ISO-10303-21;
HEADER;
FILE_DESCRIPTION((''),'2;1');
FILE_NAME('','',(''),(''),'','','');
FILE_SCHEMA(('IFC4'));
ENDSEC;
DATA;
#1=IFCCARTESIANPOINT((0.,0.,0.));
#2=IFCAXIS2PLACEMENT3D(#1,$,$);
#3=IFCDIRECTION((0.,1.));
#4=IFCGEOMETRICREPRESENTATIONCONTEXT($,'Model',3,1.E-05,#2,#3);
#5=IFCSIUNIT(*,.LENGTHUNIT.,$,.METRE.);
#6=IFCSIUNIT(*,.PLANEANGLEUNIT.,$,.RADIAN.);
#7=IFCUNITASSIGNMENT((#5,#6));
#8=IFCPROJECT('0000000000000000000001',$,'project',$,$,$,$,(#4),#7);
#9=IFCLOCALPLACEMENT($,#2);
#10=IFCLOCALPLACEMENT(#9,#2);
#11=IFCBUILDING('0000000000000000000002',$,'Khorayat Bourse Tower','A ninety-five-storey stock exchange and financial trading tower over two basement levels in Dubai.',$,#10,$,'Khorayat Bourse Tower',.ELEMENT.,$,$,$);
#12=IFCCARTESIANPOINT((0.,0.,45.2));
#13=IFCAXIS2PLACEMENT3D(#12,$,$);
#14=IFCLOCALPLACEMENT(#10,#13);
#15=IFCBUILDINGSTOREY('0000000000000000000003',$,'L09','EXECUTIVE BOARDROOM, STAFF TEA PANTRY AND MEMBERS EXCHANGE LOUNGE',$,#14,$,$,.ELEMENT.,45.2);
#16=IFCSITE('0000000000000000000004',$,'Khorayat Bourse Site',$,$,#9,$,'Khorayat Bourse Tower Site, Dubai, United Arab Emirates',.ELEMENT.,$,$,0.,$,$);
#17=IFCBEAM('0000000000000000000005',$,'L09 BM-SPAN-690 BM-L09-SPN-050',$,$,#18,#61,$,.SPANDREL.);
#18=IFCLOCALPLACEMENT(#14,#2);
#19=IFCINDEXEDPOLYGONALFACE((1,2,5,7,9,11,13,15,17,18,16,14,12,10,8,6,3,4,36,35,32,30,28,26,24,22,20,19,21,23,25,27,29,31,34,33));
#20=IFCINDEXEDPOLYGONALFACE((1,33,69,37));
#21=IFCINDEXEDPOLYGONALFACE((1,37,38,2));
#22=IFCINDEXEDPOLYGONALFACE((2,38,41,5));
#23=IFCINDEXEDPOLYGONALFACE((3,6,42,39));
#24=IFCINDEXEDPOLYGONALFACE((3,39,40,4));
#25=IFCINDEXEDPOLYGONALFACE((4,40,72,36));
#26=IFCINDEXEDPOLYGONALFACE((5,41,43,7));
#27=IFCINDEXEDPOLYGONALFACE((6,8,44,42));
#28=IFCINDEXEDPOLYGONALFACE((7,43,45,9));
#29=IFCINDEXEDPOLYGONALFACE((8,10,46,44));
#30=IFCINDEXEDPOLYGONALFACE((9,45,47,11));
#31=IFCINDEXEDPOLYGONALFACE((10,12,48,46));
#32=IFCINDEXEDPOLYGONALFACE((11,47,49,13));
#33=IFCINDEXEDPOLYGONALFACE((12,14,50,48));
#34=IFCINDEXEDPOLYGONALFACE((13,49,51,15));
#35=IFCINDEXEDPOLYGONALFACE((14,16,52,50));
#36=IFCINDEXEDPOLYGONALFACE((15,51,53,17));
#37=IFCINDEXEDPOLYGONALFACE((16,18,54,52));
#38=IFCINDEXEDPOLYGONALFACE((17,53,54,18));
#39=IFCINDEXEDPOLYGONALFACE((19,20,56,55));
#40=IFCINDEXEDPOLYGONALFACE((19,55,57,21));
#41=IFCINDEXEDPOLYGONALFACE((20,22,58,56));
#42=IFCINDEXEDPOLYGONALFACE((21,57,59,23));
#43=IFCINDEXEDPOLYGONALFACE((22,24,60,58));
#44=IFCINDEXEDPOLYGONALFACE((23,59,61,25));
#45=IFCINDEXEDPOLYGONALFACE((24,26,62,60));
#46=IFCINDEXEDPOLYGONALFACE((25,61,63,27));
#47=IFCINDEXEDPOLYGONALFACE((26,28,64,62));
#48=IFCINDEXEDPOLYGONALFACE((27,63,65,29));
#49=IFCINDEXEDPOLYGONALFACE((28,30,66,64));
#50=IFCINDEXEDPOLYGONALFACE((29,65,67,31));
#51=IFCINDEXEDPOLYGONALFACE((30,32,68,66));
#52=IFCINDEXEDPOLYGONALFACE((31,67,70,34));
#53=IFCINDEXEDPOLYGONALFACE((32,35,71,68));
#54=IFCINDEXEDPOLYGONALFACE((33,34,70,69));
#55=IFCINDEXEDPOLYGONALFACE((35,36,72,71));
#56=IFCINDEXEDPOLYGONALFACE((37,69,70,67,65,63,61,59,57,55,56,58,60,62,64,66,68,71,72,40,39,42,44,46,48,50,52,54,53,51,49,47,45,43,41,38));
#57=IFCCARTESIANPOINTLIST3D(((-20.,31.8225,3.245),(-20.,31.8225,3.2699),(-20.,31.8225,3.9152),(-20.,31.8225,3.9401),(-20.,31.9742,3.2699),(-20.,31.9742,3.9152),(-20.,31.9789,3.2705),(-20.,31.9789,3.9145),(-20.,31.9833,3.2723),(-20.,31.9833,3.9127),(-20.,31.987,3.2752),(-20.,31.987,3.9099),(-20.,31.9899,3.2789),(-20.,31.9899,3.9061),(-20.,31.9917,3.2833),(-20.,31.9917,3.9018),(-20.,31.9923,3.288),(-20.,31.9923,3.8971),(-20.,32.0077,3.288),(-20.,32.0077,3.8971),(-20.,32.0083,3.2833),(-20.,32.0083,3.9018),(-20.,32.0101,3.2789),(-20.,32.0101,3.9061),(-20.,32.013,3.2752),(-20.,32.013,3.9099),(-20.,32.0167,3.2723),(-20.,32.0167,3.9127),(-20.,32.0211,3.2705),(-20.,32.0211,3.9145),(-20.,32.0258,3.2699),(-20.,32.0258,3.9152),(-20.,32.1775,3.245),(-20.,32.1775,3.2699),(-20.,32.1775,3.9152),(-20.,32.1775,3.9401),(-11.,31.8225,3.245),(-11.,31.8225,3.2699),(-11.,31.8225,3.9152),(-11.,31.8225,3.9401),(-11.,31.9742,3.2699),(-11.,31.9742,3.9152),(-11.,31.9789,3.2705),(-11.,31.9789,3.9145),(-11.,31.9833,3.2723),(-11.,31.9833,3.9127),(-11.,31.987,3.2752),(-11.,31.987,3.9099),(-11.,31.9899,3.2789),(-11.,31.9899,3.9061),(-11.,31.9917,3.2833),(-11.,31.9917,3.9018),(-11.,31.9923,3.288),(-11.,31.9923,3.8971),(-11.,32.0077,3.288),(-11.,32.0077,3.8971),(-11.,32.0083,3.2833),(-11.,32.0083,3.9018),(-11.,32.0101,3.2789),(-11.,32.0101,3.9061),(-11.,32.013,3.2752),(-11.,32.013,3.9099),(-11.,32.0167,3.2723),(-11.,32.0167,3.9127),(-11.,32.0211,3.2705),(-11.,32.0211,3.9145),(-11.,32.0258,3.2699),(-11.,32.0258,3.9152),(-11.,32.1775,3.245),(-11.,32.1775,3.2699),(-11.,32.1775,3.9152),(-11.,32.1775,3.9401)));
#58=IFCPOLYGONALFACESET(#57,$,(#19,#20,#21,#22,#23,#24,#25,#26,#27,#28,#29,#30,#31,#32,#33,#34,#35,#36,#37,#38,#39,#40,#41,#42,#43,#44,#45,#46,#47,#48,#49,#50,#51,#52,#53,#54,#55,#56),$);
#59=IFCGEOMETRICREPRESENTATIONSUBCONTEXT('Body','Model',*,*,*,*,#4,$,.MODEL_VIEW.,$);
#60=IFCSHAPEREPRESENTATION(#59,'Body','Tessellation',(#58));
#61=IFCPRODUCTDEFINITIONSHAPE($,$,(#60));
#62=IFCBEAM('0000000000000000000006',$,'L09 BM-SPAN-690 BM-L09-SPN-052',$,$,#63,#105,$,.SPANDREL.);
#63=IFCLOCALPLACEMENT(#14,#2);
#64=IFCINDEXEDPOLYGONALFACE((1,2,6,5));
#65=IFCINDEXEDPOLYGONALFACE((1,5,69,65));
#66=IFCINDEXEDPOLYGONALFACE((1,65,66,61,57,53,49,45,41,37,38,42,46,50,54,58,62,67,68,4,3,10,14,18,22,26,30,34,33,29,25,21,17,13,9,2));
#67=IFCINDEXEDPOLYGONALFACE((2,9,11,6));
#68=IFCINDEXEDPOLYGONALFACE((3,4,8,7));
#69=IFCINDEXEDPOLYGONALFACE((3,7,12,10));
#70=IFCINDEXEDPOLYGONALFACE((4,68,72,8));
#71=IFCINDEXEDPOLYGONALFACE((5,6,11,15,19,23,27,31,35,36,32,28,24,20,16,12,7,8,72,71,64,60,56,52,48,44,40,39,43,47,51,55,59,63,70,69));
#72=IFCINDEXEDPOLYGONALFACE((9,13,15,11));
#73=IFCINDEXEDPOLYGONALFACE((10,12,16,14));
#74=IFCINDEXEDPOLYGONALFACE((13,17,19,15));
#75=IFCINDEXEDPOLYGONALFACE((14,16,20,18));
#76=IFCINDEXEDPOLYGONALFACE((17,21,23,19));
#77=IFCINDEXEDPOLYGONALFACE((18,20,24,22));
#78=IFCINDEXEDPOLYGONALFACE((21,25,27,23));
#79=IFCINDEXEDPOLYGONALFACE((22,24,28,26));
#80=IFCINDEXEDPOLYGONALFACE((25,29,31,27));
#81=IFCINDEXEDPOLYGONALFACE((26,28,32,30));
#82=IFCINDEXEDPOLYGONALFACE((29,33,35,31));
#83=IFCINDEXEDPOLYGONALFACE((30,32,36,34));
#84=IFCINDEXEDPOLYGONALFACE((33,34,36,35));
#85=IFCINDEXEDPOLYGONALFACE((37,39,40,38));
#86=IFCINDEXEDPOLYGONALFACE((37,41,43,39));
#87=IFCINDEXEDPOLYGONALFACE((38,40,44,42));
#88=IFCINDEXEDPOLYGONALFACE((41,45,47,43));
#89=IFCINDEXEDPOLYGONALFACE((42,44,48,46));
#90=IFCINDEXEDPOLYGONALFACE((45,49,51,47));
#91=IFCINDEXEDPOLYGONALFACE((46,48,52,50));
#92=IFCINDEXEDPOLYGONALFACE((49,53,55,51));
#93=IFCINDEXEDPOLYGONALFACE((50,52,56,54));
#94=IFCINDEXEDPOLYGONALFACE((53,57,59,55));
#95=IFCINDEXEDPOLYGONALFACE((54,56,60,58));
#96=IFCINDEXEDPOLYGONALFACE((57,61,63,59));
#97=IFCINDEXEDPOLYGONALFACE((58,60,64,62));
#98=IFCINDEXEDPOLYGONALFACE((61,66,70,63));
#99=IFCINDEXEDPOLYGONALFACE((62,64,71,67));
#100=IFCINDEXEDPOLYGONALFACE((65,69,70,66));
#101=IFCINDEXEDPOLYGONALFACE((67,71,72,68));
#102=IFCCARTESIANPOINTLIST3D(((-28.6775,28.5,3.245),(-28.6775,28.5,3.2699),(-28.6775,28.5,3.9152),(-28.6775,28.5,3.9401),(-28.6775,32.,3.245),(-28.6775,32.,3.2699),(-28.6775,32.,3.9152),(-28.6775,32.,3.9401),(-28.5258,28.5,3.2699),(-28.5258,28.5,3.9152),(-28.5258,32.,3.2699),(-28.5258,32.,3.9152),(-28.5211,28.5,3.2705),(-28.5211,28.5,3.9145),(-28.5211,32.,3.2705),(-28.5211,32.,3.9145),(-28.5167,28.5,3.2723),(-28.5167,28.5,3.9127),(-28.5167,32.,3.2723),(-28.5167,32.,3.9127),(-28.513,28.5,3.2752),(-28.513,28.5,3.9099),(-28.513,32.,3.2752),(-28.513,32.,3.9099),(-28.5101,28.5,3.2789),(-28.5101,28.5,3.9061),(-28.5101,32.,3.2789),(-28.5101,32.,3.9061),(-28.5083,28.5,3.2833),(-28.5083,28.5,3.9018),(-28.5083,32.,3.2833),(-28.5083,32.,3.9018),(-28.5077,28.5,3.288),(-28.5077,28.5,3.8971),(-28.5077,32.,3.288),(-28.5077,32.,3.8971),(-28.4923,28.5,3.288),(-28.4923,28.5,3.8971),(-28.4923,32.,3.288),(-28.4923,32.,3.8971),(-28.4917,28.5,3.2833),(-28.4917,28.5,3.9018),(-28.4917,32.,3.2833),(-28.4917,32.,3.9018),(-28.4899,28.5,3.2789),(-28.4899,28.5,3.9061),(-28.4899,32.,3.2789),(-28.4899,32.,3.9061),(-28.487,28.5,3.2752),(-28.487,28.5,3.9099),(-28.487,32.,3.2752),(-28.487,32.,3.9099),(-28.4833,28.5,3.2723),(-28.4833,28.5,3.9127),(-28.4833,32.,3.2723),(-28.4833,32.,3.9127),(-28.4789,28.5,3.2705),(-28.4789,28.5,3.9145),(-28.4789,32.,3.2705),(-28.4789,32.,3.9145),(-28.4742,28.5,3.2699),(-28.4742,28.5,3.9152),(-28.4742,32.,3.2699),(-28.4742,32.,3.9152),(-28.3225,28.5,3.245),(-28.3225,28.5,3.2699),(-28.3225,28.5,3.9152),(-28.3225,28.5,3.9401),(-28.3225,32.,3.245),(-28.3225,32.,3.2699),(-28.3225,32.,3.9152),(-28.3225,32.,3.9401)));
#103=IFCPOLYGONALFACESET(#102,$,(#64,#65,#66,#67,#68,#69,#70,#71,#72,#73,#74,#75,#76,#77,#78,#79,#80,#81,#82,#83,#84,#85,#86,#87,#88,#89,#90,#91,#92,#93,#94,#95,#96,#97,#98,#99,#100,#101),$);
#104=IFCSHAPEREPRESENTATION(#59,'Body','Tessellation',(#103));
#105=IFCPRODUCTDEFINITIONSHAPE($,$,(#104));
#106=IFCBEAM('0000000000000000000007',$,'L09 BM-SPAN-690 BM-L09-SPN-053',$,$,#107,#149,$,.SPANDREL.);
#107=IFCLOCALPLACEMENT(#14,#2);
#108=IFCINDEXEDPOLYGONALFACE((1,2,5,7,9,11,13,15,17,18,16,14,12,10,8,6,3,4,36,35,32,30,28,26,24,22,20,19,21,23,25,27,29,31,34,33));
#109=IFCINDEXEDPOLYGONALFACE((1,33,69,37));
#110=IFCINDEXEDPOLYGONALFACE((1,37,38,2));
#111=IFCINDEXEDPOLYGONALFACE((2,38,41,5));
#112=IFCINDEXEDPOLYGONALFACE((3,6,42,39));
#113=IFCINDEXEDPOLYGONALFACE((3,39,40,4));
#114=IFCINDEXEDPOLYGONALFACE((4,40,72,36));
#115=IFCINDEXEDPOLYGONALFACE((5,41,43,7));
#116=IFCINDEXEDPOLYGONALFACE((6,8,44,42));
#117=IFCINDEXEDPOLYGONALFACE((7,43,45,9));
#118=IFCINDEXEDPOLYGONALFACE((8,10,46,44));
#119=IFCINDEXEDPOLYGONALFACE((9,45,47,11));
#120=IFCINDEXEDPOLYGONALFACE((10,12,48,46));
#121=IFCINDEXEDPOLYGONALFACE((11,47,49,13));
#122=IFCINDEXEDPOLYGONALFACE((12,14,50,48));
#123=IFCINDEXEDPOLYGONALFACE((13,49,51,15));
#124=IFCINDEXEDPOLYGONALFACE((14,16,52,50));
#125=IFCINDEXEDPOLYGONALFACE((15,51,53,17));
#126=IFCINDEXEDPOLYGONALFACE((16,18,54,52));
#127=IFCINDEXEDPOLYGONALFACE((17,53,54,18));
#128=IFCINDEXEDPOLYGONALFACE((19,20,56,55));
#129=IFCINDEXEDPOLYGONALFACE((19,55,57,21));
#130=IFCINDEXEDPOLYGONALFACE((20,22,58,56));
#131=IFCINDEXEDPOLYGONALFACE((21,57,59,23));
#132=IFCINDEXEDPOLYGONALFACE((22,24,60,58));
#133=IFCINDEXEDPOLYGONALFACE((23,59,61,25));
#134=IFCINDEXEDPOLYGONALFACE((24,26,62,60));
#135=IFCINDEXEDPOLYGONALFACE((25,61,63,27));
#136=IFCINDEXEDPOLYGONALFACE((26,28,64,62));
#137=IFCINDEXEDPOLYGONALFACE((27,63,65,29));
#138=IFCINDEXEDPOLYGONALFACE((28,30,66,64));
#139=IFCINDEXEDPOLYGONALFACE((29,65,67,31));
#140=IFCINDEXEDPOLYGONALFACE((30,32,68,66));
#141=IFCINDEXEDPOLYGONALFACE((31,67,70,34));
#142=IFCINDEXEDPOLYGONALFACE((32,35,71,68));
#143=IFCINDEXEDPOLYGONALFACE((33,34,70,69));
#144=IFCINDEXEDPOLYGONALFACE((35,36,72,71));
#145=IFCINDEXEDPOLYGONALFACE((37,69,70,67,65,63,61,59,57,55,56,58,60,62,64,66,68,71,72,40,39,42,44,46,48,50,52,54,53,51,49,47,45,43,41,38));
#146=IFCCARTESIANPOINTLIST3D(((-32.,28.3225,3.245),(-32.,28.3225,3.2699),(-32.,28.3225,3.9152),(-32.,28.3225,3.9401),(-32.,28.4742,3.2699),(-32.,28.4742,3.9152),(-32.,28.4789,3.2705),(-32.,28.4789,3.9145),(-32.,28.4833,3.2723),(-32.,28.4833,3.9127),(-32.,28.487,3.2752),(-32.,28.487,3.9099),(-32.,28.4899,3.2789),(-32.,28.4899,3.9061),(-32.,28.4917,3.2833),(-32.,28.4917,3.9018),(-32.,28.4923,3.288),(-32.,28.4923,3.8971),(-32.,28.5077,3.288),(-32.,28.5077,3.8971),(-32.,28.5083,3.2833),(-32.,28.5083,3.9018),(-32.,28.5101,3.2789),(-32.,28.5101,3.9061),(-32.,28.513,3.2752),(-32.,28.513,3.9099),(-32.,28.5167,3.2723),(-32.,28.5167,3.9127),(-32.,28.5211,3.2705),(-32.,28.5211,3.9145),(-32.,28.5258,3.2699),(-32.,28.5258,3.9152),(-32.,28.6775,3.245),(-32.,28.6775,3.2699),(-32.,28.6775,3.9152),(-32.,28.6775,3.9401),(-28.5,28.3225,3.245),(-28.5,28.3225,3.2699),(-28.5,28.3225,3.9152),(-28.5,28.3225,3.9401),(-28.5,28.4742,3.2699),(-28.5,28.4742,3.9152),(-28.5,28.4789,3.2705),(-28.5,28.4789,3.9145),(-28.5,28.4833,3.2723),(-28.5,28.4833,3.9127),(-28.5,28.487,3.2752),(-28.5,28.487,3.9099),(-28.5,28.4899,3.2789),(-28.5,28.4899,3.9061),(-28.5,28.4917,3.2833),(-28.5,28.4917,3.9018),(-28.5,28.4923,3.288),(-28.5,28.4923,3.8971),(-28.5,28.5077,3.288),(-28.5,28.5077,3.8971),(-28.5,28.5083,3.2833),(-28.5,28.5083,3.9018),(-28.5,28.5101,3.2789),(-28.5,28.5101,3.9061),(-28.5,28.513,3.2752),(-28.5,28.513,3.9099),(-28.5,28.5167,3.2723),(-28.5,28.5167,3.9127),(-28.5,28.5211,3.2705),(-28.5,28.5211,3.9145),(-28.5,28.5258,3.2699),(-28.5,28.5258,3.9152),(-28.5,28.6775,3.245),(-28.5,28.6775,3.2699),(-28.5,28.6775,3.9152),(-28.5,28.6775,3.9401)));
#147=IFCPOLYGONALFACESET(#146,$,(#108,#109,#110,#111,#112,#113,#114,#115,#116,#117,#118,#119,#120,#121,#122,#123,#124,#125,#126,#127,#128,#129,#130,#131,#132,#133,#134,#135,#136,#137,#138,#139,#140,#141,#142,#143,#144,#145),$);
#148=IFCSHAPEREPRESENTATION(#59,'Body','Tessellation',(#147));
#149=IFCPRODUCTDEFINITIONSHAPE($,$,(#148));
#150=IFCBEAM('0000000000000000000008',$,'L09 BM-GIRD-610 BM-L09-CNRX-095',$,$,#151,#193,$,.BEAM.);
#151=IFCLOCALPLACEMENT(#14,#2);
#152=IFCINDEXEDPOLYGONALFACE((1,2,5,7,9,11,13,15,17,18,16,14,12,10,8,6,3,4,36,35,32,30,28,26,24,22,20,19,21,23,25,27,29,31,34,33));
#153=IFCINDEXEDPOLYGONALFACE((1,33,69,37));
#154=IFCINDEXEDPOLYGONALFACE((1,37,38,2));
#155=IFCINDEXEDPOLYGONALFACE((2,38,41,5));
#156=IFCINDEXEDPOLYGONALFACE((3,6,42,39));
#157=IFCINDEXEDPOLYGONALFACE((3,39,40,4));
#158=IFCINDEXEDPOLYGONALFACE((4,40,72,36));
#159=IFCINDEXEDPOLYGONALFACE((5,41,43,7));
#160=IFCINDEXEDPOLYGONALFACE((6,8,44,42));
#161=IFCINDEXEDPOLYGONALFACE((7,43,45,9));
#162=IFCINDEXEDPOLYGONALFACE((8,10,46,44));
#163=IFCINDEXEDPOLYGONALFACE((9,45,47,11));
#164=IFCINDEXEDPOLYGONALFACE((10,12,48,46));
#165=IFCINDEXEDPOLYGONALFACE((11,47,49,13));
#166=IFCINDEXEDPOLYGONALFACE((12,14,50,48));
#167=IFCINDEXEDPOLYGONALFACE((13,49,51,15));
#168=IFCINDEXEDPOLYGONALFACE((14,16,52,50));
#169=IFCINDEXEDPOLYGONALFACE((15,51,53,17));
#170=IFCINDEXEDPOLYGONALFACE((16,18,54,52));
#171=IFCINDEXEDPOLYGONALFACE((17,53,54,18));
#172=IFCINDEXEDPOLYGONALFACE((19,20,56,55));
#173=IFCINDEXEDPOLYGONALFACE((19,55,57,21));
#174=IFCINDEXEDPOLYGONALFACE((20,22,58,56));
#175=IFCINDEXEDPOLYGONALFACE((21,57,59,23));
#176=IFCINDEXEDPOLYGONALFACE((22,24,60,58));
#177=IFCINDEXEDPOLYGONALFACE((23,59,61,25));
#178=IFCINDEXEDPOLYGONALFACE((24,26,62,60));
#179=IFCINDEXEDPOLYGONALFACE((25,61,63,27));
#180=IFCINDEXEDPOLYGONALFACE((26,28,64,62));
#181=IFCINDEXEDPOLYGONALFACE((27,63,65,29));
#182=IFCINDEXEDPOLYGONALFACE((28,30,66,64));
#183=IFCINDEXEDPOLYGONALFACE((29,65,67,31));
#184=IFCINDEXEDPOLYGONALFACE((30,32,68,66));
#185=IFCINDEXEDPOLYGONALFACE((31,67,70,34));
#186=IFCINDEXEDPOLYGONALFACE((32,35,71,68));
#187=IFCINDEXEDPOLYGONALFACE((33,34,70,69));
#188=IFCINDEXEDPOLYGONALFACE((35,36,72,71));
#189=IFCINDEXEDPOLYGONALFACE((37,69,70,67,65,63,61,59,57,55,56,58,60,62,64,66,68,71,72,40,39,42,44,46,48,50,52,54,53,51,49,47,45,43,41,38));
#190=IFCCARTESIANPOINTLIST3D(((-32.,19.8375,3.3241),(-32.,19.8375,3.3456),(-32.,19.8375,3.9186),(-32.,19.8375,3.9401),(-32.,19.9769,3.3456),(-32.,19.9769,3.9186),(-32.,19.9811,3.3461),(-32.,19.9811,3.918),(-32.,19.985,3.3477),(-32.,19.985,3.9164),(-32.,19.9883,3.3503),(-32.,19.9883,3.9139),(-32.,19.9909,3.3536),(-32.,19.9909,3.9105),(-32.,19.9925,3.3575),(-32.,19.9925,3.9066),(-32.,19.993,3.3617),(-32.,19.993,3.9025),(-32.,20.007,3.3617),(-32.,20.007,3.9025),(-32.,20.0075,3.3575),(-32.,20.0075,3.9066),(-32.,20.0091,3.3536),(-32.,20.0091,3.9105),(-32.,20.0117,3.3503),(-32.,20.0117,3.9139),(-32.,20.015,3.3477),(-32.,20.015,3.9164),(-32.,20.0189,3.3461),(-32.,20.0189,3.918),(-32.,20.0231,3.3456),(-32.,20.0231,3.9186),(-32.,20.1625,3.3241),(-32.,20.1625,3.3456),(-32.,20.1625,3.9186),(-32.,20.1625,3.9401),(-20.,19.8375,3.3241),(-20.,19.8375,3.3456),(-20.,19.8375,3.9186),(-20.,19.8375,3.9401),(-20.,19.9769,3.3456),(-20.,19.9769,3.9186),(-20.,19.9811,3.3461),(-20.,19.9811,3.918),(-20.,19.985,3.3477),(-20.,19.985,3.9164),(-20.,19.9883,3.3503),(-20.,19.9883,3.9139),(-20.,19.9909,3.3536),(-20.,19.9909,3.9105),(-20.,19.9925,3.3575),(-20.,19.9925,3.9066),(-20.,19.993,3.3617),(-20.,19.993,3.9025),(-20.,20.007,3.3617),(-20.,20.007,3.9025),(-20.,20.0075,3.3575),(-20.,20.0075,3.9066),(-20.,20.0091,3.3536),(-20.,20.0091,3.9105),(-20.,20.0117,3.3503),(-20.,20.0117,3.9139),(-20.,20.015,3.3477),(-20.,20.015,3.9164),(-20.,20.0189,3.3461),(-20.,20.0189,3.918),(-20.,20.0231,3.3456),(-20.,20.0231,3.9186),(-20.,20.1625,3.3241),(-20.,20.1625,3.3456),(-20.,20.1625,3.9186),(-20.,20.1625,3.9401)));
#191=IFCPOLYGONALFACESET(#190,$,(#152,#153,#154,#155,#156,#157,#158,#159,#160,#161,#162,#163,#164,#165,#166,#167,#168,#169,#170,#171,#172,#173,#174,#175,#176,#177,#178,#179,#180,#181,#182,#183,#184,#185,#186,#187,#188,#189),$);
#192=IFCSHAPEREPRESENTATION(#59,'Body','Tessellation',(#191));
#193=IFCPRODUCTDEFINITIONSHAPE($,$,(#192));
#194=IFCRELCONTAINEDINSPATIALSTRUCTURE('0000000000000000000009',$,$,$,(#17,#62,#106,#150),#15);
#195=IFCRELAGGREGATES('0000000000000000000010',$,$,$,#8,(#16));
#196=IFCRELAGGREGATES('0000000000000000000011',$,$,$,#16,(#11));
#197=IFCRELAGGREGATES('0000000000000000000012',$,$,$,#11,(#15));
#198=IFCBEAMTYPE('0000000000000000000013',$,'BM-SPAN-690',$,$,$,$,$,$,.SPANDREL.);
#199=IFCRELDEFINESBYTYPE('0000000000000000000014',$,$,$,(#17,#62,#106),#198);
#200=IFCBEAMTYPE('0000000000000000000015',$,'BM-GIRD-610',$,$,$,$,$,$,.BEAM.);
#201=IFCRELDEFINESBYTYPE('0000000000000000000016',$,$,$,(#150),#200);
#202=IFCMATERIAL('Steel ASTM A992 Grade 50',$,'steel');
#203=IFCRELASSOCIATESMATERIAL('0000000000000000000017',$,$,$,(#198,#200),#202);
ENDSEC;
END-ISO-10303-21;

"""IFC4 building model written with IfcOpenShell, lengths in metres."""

from ifc_helpers import new_model, si_unit, direction, frame, origin, origin_2d, place, context, subcontext, project, spatial, i_section, extrude, source, transform, mapped, material, material_profile, profile_set, type_object, element, save


model = new_model("IFC4")

# Units and contexts
model_context = context("Model", 3, precision=1e-05, world=origin(), true_north=direction((0.0, 1.0)))
body_context = subcontext(model_context, "Body", "Model", "MODEL_VIEW")
ifc_project = project(units=[si_unit("LENGTHUNIT", "METRE"), si_unit("PLANEANGLEUNIT", "RADIAN")], contexts=[model_context])

# Site, building, storey
site_placement = place(None, origin())
site = spatial("IfcSite", under=ifc_project, at=site_placement, Name="Khorayat Bourse Site", LongName="Khorayat Bourse Tower Site, Dubai, United Arab Emirates", CompositionType="ELEMENT", RefElevation=0.0)
building_placement = place(site_placement, origin())
building = spatial("IfcBuilding", under=site, at=building_placement, Name="Khorayat Bourse Tower", Description="A ninety-five-storey stock exchange and financial trading tower over two basement levels in Dubai.", LongName="Khorayat Bourse Tower", CompositionType="ELEMENT")
storey_placement = place(building_placement, frame((0.0, 0.0, 45.2)))
storey = spatial("IfcBuildingStorey", under=building, at=storey_placement, Name="L09", Description="EXECUTIVE BOARDROOM, STAFF TEA PANTRY AND MEMBERS EXCHANGE LOUNGE", CompositionType="ELEMENT", Elevation=45.2)

# Beams
ifc_material_1 = material(Name="Steel ASTM A992 Grade 50", Category="steel")
ifc_material_profile_1 = material_profile(ifc_material_1, i_section(OverallWidth=0.355, OverallDepth=0.6951, WebThickness=0.0154, FlangeThickness=0.0249, FilletRadius=0.0181, at=origin_2d()), Name="W690X217")
ifc_profile_set_1 = profile_set([ifc_material_profile_1], Name="Steel ASTM A992 Grade 50")
beam_type_1 = type_object("IfcBeamType", Name="BM-SPAN-690", PredefinedType="SPANDREL", material=ifc_profile_set_1)
shared_shape_1 = source(origin(), body_context, "Body", "SweptSolid", [
    extrude(i_section(OverallWidth=0.355, OverallDepth=0.6951, WebThickness=0.0154, FlangeThickness=0.0249, FilletRadius=0.0181, at=origin_2d()), origin(), (0.0, 0.0, 1.0), 9.0),
])
beam_1_placement = place(storey_placement, frame((-20.0, 32.0, 3.5925), z_axis=(1.0, 0.0, 0.0), x_axis=(0.0, 1.0, 0.0)))
element("IfcBeam", 1, at=beam_1_placement, inside=storey, type_object=beam_type_1, Name="L09 BM-SPAN-690 BM-L09-SPN-050", PredefinedType="SPANDREL", context=body_context, shape_type="MappedRepresentation", body=[
    mapped(shared_shape_1, transform((0.0, 0.0, 0.0), scale=1.0)),
])
shared_shape_2 = source(origin(), body_context, "Body", "SweptSolid", [
    extrude(i_section(OverallWidth=0.355, OverallDepth=0.6951, WebThickness=0.0154, FlangeThickness=0.0249, FilletRadius=0.0181, at=origin_2d()), origin(), (0.0, 0.0, 1.0), 3.5),
])
for number, where, z_axis, x_axis, name in (
    (2, (-28.5, 28.5, 3.5925), (0.0, 1.0, 0.0), (-1.0, 0.0, 0.0), "L09 BM-SPAN-690 BM-L09-SPN-052"),
    (3, (-32.0, 28.5, 3.5925), (1.0, 0.0, 0.0), (0.0, 1.0, 0.0), "L09 BM-SPAN-690 BM-L09-SPN-053"),
):
    element("IfcBeam", number, at=place(storey_placement, frame(where, z_axis=z_axis, x_axis=x_axis)), inside=storey, type_object=beam_type_1, Name=name, PredefinedType="SPANDREL", context=body_context, shape_type="MappedRepresentation", body=[
        mapped(shared_shape_2, transform((0.0, 0.0, 0.0), scale=1.0)),
    ])
ifc_material_profile_2 = material_profile(ifc_material_1, i_section(OverallWidth=0.325, OverallDepth=0.616, WebThickness=0.0139, FlangeThickness=0.0215, FilletRadius=0.0161, at=origin_2d()), Name="W610X174")
ifc_profile_set_2 = profile_set([ifc_material_profile_2], Name="Steel ASTM A992 Grade 50")
beam_type_2 = type_object("IfcBeamType", Name="BM-GIRD-610", PredefinedType="BEAM", material=ifc_profile_set_2)
shared_shape_3 = source(origin(), body_context, "Body", "SweptSolid", [
    extrude(i_section(OverallWidth=0.325, OverallDepth=0.616, WebThickness=0.0139, FlangeThickness=0.0215, FilletRadius=0.0161, at=origin_2d()), origin(), (0.0, 0.0, 1.0), 12.0),
])
beam_2_placement = place(storey_placement, frame((-32.0, 20.0, 3.6321), z_axis=(1.0, 0.0, 0.0), x_axis=(0.0, 1.0, 0.0)))
element("IfcBeam", 4, at=beam_2_placement, inside=storey, type_object=beam_type_2, Name="L09 BM-GIRD-610 BM-L09-CNRX-095", PredefinedType="BEAM", context=body_context, shape_type="MappedRepresentation", body=[
    mapped(shared_shape_3, transform((0.0, 0.0, 0.0), scale=1.0)),
])

save(model, "model.ifc")
